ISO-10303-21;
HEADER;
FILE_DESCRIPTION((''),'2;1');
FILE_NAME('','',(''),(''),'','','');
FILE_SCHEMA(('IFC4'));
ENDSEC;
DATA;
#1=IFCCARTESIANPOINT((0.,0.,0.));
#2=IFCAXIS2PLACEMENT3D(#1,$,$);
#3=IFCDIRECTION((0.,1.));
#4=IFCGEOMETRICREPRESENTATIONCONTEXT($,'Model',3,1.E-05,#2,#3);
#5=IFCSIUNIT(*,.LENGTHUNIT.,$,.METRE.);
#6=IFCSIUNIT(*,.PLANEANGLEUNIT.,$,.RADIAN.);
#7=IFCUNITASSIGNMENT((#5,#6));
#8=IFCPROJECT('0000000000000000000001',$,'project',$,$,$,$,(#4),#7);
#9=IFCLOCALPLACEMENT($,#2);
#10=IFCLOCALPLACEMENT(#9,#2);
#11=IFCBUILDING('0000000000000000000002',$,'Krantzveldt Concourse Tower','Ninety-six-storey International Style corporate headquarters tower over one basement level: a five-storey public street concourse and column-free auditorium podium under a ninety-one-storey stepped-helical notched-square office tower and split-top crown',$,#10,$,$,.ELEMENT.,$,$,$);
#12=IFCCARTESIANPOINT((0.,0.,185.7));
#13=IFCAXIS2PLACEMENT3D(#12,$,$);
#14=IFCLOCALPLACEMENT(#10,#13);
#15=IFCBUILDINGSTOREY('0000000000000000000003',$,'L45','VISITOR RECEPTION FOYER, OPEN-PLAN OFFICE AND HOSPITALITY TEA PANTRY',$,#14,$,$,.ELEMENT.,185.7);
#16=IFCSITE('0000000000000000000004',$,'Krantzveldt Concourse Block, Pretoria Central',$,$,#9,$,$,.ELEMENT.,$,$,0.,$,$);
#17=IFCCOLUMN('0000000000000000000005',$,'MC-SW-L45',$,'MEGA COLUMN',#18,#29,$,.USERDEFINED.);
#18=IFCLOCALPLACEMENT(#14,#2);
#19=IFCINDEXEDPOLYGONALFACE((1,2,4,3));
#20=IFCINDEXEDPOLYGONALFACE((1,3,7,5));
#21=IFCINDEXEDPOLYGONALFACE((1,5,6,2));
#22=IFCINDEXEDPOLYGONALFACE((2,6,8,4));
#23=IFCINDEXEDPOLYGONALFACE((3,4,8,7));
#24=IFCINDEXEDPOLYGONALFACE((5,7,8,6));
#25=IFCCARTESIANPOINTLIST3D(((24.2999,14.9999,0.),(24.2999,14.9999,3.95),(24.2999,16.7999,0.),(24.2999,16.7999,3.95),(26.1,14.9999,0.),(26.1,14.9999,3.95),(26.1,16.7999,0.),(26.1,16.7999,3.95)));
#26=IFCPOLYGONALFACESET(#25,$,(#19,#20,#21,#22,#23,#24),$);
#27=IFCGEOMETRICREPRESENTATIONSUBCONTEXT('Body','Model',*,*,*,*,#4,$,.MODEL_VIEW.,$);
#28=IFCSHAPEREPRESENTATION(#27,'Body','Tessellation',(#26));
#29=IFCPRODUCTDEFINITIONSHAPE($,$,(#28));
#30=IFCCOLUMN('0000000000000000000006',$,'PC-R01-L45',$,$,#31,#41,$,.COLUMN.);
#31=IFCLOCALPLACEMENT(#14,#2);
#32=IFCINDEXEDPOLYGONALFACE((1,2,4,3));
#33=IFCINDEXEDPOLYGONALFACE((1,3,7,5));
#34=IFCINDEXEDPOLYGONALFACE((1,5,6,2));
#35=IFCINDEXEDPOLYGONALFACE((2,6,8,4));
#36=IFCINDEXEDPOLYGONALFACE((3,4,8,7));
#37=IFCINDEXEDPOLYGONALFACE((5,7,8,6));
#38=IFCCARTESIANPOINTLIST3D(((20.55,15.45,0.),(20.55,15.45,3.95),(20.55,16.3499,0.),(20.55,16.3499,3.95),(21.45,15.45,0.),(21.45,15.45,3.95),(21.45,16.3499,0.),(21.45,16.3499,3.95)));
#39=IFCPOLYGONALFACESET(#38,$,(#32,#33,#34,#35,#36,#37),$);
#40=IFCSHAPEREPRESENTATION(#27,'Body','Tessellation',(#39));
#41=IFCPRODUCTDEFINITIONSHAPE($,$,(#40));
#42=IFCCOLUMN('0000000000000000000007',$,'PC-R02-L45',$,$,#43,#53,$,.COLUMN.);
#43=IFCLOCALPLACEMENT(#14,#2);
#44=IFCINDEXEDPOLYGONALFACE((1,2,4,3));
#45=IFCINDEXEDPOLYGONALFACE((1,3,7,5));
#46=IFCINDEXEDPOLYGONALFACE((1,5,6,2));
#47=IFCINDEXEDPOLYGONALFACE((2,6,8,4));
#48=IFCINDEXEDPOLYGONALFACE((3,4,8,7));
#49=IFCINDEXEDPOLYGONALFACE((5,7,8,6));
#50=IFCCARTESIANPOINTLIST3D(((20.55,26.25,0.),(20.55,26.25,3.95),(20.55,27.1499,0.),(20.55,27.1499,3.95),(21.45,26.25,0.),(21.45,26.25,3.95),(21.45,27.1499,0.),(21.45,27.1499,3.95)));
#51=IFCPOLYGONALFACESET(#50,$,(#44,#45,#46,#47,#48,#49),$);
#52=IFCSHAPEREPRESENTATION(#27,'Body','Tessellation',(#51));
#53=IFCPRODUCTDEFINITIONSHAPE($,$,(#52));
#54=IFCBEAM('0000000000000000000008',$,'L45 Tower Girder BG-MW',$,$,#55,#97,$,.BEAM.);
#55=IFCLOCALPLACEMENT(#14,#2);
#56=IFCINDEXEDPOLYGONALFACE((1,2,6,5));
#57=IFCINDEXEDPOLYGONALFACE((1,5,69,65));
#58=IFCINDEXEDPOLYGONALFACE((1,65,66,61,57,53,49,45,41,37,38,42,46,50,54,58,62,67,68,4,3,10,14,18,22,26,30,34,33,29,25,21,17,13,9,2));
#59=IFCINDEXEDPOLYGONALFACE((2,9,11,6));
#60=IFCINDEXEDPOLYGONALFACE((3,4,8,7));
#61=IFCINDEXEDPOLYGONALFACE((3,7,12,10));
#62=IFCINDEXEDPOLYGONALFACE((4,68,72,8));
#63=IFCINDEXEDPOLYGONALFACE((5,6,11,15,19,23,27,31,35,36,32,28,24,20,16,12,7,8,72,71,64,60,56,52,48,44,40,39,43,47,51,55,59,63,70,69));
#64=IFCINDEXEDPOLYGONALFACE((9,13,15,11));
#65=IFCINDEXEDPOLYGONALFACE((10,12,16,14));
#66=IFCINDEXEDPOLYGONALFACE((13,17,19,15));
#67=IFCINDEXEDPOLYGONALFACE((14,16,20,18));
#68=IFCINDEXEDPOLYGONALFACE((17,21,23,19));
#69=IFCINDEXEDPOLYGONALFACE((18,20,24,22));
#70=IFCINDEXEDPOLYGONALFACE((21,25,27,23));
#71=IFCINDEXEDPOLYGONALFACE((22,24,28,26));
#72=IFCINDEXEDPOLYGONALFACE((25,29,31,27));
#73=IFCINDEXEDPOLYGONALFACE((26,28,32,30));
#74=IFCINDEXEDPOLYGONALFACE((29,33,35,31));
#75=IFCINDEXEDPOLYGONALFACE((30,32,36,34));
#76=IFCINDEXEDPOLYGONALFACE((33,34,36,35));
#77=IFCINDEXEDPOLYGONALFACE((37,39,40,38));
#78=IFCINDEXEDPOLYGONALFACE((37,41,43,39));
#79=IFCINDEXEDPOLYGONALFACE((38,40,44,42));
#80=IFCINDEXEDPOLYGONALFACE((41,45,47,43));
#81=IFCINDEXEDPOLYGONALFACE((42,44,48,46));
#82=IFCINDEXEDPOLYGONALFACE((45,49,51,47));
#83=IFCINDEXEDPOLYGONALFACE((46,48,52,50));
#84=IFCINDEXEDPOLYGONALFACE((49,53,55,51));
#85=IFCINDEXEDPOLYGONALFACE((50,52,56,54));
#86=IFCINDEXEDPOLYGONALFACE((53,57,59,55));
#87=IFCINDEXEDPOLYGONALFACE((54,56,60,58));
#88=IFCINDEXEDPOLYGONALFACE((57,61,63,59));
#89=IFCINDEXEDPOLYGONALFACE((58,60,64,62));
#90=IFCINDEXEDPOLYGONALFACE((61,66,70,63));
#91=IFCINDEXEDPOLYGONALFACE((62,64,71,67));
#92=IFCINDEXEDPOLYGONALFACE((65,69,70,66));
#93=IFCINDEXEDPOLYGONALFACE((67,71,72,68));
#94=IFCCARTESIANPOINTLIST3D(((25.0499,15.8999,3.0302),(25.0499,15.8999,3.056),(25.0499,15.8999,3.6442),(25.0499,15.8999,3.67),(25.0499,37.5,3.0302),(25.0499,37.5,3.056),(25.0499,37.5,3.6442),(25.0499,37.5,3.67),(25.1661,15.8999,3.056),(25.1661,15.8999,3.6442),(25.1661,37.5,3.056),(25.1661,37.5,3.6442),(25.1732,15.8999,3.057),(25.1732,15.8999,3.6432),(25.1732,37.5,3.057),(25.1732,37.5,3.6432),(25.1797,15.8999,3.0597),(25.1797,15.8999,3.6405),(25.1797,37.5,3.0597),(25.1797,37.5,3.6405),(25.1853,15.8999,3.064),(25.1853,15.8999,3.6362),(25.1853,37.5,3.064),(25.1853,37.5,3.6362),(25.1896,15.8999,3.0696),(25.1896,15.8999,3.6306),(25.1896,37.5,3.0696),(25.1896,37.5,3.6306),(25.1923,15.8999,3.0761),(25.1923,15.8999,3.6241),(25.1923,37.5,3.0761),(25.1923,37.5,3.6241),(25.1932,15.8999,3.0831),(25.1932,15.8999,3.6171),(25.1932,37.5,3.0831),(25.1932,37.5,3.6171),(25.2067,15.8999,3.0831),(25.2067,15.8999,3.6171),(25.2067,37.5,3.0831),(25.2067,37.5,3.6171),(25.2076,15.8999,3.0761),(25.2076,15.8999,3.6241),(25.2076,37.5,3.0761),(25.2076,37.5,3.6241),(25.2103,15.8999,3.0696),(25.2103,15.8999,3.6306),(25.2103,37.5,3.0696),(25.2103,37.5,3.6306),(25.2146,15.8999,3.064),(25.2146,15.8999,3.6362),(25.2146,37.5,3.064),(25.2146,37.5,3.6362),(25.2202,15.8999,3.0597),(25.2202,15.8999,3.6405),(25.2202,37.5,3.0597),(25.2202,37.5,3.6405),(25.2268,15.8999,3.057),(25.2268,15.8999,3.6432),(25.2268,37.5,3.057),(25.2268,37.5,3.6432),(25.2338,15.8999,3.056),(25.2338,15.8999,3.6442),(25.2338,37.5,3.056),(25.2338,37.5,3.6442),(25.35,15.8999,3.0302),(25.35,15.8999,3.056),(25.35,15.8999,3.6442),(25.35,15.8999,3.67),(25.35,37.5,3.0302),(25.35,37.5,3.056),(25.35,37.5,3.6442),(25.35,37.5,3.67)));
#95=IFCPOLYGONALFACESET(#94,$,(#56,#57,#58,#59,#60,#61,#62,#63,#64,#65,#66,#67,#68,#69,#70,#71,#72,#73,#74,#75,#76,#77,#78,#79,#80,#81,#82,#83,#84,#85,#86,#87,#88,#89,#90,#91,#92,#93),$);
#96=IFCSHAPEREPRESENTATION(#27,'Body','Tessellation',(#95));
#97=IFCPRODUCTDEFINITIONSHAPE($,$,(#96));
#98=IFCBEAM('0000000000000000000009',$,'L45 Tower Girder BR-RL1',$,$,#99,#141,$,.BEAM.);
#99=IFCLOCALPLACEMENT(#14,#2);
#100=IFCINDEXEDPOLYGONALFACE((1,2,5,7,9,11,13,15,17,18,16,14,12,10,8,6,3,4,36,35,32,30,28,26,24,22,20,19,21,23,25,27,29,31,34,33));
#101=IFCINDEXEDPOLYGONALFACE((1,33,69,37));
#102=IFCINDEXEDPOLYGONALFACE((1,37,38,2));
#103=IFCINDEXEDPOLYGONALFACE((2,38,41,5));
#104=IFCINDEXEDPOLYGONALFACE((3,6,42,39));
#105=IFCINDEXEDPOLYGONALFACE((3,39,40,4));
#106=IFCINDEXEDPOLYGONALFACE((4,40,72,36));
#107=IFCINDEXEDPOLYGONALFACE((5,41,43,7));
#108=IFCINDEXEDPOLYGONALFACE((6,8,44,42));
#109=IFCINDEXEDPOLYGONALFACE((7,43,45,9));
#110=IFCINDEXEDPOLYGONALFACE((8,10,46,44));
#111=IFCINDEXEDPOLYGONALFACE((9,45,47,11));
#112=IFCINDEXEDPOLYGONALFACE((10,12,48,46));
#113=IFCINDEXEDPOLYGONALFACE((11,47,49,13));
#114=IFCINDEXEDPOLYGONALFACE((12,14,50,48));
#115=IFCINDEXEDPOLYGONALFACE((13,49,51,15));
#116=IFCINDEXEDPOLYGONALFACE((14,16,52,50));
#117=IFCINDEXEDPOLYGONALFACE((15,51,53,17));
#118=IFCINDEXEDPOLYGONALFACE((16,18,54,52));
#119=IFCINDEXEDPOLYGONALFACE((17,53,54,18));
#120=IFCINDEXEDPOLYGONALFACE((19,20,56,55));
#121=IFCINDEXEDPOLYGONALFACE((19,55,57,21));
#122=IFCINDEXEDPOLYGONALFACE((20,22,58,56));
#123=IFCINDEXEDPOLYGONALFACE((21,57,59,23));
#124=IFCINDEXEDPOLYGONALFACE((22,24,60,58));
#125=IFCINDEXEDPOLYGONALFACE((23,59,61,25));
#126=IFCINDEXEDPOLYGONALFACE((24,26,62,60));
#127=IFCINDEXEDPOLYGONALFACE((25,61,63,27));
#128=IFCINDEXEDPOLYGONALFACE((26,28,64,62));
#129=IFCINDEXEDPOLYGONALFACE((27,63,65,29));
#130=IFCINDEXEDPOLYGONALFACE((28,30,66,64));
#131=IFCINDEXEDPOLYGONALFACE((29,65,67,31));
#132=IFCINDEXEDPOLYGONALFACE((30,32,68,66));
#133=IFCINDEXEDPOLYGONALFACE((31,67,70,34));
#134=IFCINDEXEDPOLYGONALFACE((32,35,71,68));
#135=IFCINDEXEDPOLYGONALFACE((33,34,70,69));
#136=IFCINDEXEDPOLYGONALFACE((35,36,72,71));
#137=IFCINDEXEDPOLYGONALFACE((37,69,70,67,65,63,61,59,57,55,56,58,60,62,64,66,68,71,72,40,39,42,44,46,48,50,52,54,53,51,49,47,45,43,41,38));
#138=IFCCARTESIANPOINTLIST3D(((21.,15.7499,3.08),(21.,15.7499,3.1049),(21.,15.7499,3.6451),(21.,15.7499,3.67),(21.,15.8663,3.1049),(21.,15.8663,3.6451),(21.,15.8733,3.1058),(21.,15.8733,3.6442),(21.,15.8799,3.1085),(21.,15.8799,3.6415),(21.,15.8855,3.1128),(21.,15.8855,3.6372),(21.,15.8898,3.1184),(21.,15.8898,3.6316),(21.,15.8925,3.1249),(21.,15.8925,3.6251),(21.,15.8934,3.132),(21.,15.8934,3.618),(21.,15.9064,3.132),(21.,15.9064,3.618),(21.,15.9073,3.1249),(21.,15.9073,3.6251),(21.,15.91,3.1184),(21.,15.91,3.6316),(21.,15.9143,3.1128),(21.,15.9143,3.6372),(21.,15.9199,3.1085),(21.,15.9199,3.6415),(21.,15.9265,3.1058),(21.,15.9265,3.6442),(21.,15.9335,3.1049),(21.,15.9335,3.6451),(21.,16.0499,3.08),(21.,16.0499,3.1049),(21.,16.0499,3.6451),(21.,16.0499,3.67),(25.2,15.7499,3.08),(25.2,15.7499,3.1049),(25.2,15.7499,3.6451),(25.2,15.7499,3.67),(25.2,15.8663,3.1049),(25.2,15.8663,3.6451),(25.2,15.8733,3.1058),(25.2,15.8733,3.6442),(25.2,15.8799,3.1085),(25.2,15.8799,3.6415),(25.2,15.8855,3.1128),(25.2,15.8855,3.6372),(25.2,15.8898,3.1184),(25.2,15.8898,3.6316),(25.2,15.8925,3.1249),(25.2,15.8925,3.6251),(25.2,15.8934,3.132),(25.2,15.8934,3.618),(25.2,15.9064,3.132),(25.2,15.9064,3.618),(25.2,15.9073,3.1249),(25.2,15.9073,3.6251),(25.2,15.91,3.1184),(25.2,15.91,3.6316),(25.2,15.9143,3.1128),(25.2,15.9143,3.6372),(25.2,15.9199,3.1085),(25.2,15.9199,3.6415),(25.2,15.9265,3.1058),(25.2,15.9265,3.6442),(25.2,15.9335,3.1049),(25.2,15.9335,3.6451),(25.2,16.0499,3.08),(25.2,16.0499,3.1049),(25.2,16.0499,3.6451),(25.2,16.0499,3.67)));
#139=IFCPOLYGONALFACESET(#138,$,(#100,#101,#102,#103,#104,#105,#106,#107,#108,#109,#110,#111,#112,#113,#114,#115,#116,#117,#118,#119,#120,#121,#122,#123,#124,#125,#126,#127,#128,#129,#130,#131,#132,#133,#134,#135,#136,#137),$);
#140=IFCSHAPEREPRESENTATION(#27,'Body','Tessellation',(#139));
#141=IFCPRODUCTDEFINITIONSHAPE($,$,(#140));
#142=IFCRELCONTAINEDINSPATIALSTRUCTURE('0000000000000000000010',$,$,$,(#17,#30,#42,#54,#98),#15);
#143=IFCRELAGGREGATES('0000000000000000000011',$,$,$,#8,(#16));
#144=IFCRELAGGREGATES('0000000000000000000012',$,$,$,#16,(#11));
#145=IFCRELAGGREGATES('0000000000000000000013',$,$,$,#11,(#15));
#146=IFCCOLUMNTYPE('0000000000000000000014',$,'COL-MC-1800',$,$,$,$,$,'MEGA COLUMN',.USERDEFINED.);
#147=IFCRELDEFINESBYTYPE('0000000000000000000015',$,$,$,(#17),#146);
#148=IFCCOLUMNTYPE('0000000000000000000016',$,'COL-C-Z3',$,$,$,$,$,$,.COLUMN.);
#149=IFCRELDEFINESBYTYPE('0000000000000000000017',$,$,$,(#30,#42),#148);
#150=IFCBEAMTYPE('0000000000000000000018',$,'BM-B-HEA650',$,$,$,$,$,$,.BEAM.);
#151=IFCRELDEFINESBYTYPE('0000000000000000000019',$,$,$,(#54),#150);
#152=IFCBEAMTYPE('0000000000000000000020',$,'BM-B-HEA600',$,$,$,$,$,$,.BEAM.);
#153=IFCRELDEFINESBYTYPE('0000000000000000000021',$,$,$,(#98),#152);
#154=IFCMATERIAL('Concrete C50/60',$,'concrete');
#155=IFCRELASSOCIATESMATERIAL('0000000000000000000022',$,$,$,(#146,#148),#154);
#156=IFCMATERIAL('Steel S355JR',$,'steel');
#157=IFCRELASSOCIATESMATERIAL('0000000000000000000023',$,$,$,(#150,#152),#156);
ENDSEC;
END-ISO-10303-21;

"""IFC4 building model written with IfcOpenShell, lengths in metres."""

from ifc_helpers import new_model, si_unit, direction, frame, origin, origin_2d, place, context, subcontext, project, spatial, rectangle, i_section, extrude, source, transform, mapped, material, material_profile, profile_set, type_object, type_shapes, element, save


model = new_model("IFC4")

# Units and contexts
model_context = context("Model", 3, precision=1e-05, world=origin(), true_north=direction((0.0, 1.0)))
body_context = subcontext(model_context, "Body", "Model", "MODEL_VIEW")
ifc_project = project(units=[si_unit("LENGTHUNIT", "METRE"), si_unit("PLANEANGLEUNIT", "RADIAN")], contexts=[model_context])

# Site, building, storey
site_placement = place(None, origin())
site = spatial("IfcSite", under=ifc_project, at=site_placement, Name="Krantzveldt Concourse Block, Pretoria Central", CompositionType="ELEMENT", RefElevation=0.0)
building_placement = place(site_placement, origin())
building = spatial("IfcBuilding", under=site, at=building_placement, Name="Krantzveldt Concourse Tower", Description="Ninety-six-storey International Style corporate headquarters tower over one basement level: a five-storey public street concourse and column-free auditorium podium under a ninety-one-storey stepped-helical notched-square office tower and split-top crown", CompositionType="ELEMENT")
storey_placement = place(building_placement, frame((0.0, 0.0, 185.7)))
storey = spatial("IfcBuildingStorey", under=building, at=storey_placement, Name="L45", Description="VISITOR RECEPTION FOYER, OPEN-PLAN OFFICE AND HOSPITALITY TEA PANTRY", CompositionType="ELEMENT", Elevation=185.7)

# Columns
ifc_material_1 = material(Name="Concrete C50/60", Category="concrete")
ifc_material_profile_1 = material_profile(ifc_material_1, rectangle(XDim=1.8, YDim=1.8, at=origin_2d()), Name="Concrete C50/60", Category="concrete")
ifc_profile_set_1 = profile_set([ifc_material_profile_1], Name="Concrete C50/60 - RC 1800x1800")
column_type_1 = type_object("IfcColumnType", Name="COL-MC-1800", ElementType="MEGA COLUMN", PredefinedType="USERDEFINED", material=ifc_profile_set_1)
shared_shape_1 = source(origin(), body_context, "Body", "SweptSolid", [
    extrude(rectangle(XDim=1.8, YDim=1.8, at=origin_2d()), origin(), (0.0, 0.0, 1.0), 3.95),
])
type_shapes(column_type_1, [shared_shape_1])
column_placement = place(storey_placement, frame((25.2, 15.8999, 0.0), z_axis=(0.0, 0.0, 1.0), x_axis=(1.0, 0.0, 0.0)))
element("IfcColumn", 1, at=column_placement, inside=storey, type_object=column_type_1, Name="MC-SW-L45", ObjectType="MEGA COLUMN", PredefinedType="USERDEFINED", context=body_context, shape_type="MappedRepresentation", body=[
    mapped(shared_shape_1, transform((0.0, 0.0, 0.0), x_axis=(1.0, 0.0, 0.0), y_axis=(0.0, 1.0, 0.0), z_axis=(0.0, 0.0, 1.0), scale=1.0)),
])
ifc_material_profile_2 = material_profile(ifc_material_1, rectangle(XDim=0.8999, YDim=0.8999, at=origin_2d()), Name="Concrete C50/60", Category="concrete")
ifc_profile_set_2 = profile_set([ifc_material_profile_2], Name="Concrete C50/60 - RC 900x900")
column_type_2 = type_object("IfcColumnType", Name="COL-C-Z3", PredefinedType="COLUMN", material=ifc_profile_set_2)
shared_shape_2 = source(origin(), body_context, "Body", "SweptSolid", [
    extrude(rectangle(XDim=0.8999, YDim=0.8999, at=origin_2d()), origin(), (0.0, 0.0, 1.0), 3.95),
])
type_shapes(column_type_2, [shared_shape_2])
for number, where, z_axis, x_axis, name in (
    (2, (21.0, 15.8999, 0.0), (0.0, 0.0, 1.0), (1.0, 0.0, 0.0), "PC-R01-L45"),
    (3, (21.0, 26.7, 0.0), (0.0, 0.0, 1.0), (1.0, 0.0, 0.0), "PC-R02-L45"),
):
    element("IfcColumn", number, at=place(storey_placement, frame(where, z_axis=z_axis, x_axis=x_axis)), inside=storey, type_object=column_type_2, Name=name, PredefinedType="COLUMN", context=body_context, shape_type="MappedRepresentation", body=[
        mapped(shared_shape_2, transform((0.0, 0.0, 0.0), x_axis=(1.0, 0.0, 0.0), y_axis=(0.0, 1.0, 0.0), z_axis=(0.0, 0.0, 1.0), scale=1.0)),
    ])

# Beams
ifc_material_2 = material(Name="Steel S355JR", Category="steel")
ifc_material_profile_3 = material_profile(ifc_material_2, i_section(OverallWidth=0.3, OverallDepth=0.6399, WebThickness=0.0134, FlangeThickness=0.0259, FilletRadius=0.0271, at=origin_2d()), Name="Steel S355JR", Category="steel")
ifc_profile_set_3 = profile_set([ifc_material_profile_3], Name="Steel S355JR - HEA 650")
beam_type_1 = type_object("IfcBeamType", Name="BM-B-HEA650", PredefinedType="BEAM", material=ifc_profile_set_3)
shared_shape_3 = source(origin(), body_context, "Body", "SweptSolid", [
    extrude(i_section(OverallWidth=0.3, OverallDepth=0.6399, WebThickness=0.0134, FlangeThickness=0.0259, FilletRadius=0.0271, at=origin_2d()), origin(), (0.0, 0.0, 1.0), 21.6001),
])
beam_1_placement = place(storey_placement, frame((25.2, 15.8999, 3.3501), z_axis=(0.0, 1.0, 0.0), x_axis=(-1.0, 0.0, 0.0)))
element("IfcBeam", 4, at=beam_1_placement, inside=storey, type_object=beam_type_1, Name="L45 Tower Girder BG-MW", PredefinedType="BEAM", context=body_context, shape_type="MappedRepresentation", body=[
    mapped(shared_shape_3, transform((0.0, 0.0, 0.0), x_axis=(1.0, 0.0, 0.0), y_axis=(0.0, 1.0, 0.0), z_axis=(0.0, 0.0, 1.0), scale=1.0)),
])
ifc_material_profile_4 = material_profile(ifc_material_2, i_section(OverallWidth=0.3, OverallDepth=0.5901, WebThickness=0.0129, FlangeThickness=0.0249, FilletRadius=0.0271, at=origin_2d()), Name="Steel S355JR", Category="steel")
ifc_profile_set_4 = profile_set([ifc_material_profile_4], Name="Steel S355JR - HEA 600")
beam_type_2 = type_object("IfcBeamType", Name="BM-B-HEA600", PredefinedType="BEAM", material=ifc_profile_set_4)
shared_shape_4 = source(origin(), body_context, "Body", "SweptSolid", [
    extrude(i_section(OverallWidth=0.3, OverallDepth=0.5901, WebThickness=0.0129, FlangeThickness=0.0249, FilletRadius=0.0271, at=origin_2d()), origin(), (0.0, 0.0, 1.0), 4.2),
])
beam_2_placement = place(storey_placement, frame((21.0, 15.8999, 3.375), z_axis=(1.0, 0.0, 0.0), x_axis=(0.0, 1.0, 0.0)))
element("IfcBeam", 5, at=beam_2_placement, inside=storey, type_object=beam_type_2, Name="L45 Tower Girder BR-RL1", PredefinedType="BEAM", context=body_context, shape_type="MappedRepresentation", body=[
    mapped(shared_shape_4, transform((0.0, 0.0, 0.0), x_axis=(1.0, 0.0, 0.0), y_axis=(0.0, 1.0, 0.0), z_axis=(0.0, 0.0, 1.0), scale=1.0)),
])

save(model, "model.ifc")
